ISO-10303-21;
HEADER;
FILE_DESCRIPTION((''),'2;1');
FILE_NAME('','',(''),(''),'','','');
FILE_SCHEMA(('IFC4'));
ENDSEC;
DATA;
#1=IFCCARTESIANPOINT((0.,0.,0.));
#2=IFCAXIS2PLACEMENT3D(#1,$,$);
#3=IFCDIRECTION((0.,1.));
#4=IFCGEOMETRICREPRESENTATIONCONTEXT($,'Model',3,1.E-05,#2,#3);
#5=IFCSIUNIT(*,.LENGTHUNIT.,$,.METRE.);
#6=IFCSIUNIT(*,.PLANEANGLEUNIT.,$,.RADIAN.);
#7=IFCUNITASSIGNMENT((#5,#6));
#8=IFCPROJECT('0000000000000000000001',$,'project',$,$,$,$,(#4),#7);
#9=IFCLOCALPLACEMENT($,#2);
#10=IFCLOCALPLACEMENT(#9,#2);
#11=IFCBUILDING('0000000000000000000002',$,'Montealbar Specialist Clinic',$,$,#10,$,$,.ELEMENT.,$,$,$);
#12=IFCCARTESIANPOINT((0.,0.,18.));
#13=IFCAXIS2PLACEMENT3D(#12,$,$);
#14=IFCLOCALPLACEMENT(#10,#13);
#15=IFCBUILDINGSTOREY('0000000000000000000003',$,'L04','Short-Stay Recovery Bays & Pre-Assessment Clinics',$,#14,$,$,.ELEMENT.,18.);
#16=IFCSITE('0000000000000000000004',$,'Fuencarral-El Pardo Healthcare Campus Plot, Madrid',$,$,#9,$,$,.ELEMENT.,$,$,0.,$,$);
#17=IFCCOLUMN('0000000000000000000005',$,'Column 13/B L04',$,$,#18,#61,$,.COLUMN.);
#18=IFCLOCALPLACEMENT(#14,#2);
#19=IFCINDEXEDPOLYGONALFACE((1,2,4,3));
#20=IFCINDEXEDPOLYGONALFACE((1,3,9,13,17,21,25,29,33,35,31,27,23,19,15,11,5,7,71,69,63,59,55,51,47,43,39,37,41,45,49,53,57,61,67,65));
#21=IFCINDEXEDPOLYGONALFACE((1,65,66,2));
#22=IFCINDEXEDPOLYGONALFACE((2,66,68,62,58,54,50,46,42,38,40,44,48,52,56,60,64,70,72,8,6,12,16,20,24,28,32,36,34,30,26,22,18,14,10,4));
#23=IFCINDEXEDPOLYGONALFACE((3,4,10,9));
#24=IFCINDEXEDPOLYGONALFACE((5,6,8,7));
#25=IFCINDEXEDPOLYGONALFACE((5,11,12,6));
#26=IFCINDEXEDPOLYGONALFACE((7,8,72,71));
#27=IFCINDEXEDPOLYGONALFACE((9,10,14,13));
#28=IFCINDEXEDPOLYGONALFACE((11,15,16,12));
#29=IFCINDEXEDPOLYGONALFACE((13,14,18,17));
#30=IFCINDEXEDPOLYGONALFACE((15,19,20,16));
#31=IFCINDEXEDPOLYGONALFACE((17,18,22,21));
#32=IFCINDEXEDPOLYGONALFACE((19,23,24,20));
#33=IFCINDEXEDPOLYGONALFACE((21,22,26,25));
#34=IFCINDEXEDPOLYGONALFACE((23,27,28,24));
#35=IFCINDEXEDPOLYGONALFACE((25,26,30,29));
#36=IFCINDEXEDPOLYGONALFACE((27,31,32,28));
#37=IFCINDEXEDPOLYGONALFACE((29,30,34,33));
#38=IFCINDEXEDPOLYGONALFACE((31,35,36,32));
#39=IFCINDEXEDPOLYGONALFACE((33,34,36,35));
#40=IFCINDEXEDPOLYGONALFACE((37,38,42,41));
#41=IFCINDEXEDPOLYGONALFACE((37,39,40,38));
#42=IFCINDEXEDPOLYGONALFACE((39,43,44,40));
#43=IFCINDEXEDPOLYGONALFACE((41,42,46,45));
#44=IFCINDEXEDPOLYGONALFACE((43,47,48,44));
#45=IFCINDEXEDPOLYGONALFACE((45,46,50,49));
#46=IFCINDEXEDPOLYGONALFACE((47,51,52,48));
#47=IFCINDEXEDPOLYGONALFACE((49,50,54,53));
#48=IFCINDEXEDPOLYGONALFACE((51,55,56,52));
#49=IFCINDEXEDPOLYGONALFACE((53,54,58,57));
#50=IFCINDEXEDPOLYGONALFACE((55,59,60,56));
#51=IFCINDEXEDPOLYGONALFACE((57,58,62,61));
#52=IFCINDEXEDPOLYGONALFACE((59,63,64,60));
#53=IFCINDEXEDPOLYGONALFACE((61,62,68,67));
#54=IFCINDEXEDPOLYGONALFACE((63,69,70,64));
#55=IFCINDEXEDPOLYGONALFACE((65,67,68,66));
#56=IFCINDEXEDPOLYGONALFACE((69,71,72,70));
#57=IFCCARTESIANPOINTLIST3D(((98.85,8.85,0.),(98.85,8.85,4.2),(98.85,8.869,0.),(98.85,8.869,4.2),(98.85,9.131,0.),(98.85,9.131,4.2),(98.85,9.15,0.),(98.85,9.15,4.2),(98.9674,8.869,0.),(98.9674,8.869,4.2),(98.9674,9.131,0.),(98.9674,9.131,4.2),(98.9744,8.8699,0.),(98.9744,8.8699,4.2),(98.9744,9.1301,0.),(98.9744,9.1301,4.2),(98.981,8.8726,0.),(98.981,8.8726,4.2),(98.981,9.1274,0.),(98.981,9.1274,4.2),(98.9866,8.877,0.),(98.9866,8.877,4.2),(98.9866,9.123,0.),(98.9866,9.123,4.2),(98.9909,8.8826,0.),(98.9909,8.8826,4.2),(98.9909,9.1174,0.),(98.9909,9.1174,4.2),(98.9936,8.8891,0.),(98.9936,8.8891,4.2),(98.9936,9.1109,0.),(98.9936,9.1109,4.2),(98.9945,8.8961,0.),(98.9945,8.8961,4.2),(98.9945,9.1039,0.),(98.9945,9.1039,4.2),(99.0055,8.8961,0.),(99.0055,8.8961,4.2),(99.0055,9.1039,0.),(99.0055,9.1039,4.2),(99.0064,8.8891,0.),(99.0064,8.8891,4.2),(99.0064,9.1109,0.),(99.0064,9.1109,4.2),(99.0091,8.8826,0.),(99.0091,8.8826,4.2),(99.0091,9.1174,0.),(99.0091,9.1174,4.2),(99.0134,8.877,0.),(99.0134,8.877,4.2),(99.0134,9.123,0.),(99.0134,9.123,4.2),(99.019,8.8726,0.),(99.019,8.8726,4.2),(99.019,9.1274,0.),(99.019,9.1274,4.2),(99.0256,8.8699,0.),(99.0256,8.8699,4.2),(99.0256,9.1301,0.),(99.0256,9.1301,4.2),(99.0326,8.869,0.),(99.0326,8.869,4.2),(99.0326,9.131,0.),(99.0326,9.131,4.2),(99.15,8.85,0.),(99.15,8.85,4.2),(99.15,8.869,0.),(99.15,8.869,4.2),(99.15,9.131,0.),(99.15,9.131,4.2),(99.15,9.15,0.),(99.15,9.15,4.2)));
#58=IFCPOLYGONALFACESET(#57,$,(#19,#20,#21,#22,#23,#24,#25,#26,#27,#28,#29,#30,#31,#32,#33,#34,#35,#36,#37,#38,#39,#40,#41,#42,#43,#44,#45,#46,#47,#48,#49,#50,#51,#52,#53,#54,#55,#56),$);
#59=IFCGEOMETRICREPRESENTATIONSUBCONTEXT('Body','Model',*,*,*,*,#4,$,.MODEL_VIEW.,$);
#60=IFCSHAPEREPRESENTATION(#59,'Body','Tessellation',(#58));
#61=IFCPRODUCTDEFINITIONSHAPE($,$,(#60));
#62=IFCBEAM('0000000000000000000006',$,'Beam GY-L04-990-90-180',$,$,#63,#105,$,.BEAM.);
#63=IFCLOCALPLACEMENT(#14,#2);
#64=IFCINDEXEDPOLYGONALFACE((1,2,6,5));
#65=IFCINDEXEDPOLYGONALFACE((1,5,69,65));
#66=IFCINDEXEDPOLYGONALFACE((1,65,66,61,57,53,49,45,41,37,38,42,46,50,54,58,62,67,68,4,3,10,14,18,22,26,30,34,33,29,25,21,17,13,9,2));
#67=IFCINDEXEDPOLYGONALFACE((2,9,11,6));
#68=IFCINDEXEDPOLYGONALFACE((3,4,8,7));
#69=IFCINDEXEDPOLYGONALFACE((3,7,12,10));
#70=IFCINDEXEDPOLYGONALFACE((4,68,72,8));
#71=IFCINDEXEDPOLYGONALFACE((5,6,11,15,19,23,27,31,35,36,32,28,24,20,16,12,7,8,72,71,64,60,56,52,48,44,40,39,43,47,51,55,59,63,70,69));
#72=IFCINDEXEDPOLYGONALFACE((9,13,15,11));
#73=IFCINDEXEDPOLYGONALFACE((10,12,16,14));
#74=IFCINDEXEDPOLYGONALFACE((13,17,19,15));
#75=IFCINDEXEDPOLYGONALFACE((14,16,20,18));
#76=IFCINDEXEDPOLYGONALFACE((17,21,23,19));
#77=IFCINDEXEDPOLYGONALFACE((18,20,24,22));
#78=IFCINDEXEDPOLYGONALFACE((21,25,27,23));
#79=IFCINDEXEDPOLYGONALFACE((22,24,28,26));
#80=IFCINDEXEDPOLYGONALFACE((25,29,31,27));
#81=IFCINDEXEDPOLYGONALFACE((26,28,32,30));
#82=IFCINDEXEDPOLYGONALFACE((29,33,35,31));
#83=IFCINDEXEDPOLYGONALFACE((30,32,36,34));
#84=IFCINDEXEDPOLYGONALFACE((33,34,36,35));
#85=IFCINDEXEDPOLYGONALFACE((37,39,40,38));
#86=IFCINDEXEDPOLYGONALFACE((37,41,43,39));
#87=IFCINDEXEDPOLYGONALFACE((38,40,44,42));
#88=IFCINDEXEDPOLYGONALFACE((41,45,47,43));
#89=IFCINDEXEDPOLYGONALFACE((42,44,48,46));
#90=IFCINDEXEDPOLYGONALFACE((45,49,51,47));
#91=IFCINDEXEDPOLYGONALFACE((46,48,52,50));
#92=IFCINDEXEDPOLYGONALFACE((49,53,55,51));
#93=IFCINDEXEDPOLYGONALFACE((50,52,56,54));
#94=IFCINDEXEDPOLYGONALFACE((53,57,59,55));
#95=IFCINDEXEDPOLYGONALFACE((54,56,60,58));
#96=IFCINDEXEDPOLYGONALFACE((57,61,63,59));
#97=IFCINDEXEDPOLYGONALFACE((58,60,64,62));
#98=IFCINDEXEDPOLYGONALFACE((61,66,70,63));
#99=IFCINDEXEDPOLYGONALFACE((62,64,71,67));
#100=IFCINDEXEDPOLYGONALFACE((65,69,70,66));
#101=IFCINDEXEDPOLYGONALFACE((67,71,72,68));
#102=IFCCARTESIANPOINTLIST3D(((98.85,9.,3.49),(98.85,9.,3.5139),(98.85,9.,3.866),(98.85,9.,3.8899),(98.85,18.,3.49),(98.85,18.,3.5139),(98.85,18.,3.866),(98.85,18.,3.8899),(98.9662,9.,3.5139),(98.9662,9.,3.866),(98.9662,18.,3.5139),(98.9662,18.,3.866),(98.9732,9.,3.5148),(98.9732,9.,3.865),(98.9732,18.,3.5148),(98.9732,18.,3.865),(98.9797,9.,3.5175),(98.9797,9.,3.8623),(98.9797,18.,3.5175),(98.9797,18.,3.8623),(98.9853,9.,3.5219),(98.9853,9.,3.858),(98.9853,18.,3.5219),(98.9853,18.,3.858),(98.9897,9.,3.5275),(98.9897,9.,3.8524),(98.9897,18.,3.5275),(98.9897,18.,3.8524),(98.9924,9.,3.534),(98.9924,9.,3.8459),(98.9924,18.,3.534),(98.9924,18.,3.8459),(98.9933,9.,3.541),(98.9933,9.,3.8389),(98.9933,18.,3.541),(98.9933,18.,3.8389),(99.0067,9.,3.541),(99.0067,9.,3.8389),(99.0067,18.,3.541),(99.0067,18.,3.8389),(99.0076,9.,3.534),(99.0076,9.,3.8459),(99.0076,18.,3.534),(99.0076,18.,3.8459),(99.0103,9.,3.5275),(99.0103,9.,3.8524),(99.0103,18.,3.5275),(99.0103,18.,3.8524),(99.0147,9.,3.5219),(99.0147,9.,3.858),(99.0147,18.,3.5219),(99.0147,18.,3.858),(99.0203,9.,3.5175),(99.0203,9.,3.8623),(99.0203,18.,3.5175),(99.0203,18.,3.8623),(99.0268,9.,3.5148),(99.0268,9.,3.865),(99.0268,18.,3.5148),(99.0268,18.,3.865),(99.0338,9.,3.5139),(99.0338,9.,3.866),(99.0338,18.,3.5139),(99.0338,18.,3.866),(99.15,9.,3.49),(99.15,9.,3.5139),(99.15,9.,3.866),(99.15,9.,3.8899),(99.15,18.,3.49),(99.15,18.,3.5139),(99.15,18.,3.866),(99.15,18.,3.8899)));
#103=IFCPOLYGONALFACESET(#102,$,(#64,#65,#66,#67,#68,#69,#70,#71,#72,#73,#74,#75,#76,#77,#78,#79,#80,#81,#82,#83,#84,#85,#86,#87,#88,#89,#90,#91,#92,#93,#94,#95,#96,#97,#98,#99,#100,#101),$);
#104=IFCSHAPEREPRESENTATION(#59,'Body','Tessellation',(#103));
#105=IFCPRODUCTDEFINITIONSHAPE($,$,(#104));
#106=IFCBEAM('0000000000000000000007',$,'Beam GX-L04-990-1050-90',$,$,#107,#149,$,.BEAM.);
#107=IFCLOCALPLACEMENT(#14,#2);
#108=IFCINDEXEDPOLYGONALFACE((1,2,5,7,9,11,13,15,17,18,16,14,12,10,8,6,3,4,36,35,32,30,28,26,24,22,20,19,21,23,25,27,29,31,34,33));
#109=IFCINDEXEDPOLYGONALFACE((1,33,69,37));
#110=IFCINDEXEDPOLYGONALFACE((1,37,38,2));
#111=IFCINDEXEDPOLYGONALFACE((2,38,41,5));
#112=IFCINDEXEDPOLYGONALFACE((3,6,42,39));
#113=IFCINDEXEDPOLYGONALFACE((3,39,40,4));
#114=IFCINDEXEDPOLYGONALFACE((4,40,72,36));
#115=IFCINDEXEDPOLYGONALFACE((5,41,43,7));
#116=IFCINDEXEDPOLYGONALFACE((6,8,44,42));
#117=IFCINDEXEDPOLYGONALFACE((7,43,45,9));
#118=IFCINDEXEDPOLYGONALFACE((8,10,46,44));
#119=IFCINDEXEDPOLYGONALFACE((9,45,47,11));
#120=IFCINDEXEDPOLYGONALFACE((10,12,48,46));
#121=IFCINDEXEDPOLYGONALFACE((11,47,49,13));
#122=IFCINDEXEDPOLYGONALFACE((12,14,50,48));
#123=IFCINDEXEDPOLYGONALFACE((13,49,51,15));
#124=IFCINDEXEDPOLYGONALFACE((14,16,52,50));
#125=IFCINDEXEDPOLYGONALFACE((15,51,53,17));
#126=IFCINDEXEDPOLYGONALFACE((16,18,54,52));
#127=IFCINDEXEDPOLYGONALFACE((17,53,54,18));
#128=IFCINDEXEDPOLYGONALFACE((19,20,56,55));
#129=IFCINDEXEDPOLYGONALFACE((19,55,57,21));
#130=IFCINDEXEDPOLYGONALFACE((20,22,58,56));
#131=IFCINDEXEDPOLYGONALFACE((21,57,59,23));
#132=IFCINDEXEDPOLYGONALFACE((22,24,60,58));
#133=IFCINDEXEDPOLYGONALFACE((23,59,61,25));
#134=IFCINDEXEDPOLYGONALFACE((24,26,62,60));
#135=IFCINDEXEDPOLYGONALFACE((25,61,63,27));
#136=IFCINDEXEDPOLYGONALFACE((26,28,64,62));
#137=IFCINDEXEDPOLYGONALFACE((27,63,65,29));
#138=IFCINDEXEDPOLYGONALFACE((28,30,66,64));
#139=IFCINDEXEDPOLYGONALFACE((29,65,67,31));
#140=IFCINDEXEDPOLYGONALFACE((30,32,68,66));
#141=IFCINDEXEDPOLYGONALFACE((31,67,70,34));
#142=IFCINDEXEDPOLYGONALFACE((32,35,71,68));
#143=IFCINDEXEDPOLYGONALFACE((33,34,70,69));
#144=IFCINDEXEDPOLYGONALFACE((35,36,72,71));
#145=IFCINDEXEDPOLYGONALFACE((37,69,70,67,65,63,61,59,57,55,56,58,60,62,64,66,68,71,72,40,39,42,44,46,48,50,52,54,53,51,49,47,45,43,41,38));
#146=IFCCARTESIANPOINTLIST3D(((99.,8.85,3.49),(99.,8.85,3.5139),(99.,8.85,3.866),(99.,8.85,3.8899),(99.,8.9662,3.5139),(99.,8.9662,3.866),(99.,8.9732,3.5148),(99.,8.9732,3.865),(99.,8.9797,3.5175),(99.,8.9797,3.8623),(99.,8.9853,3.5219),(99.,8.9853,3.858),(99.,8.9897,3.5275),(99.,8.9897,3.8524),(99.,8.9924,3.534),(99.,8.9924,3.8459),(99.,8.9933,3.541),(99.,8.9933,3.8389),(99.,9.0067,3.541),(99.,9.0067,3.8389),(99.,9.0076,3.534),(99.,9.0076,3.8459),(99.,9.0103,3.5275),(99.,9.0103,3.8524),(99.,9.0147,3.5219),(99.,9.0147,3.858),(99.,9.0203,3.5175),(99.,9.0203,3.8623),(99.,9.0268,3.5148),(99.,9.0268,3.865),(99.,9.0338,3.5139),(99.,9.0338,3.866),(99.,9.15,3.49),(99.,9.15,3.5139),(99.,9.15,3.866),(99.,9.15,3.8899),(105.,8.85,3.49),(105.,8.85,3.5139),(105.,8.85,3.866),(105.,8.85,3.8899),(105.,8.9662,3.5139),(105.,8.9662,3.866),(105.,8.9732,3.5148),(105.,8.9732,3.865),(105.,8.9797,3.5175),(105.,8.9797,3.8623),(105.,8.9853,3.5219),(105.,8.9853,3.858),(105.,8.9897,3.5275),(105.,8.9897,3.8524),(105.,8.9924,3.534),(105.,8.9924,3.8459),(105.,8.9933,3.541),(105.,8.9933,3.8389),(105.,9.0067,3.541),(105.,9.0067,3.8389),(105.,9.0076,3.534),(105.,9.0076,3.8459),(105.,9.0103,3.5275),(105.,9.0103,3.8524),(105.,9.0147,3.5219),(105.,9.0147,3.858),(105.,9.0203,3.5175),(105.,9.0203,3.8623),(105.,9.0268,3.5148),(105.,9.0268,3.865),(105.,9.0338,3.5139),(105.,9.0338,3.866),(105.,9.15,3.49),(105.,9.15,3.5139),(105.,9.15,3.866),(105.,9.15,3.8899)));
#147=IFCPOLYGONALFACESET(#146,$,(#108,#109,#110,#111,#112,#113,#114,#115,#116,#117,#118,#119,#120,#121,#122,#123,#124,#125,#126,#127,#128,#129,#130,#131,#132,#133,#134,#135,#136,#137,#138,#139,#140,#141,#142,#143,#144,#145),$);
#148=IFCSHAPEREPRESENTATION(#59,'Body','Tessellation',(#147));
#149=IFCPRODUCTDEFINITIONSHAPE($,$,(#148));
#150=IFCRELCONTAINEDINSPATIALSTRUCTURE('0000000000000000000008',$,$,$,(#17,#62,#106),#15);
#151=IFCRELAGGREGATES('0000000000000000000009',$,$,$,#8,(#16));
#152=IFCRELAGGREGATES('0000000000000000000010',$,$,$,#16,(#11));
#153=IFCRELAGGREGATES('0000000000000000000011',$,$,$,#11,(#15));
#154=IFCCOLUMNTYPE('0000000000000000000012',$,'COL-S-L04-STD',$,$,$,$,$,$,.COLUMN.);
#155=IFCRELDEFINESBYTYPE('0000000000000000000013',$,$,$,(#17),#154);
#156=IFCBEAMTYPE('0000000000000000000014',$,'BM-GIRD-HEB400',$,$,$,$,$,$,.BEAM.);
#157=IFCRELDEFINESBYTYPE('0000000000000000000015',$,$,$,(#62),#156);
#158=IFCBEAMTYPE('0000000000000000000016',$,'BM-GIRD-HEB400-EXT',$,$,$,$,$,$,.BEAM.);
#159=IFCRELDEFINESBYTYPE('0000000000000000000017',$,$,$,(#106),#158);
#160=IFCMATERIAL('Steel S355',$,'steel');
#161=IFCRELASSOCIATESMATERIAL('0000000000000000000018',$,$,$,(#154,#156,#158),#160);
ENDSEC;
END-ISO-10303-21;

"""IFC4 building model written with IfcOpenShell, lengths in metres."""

from ifc_helpers import new_model, si_unit, direction, frame, origin, origin_2d, place, context, subcontext, project, spatial, i_section, extrude, material, material_profile, profile_set, type_object, element, save


model = new_model("IFC4")

# Units and contexts
model_context = context("Model", 3, precision=1e-05, world=origin(), true_north=direction((0.0, 1.0)))
body_context = subcontext(model_context, "Body", "Model", "MODEL_VIEW")
ifc_project = project(units=[si_unit("LENGTHUNIT", "METRE"), si_unit("PLANEANGLEUNIT", "RADIAN")], contexts=[model_context])

# Site, building, storey
site_placement = place(None, origin())
site = spatial("IfcSite", under=ifc_project, at=site_placement, Name="Fuencarral-El Pardo Healthcare Campus Plot, Madrid", CompositionType="ELEMENT", RefElevation=0.0)
building_placement = place(site_placement, origin())
building = spatial("IfcBuilding", under=site, at=building_placement, Name="Montealbar Specialist Clinic", CompositionType="ELEMENT")
storey_placement = place(building_placement, frame((0.0, 0.0, 18.0)))
storey = spatial("IfcBuildingStorey", under=building, at=storey_placement, Name="L04", Description="Short-Stay Recovery Bays & Pre-Assessment Clinics", CompositionType="ELEMENT", Elevation=18.0)

# Column
ifc_material_1 = material(Name="Steel S355", Category="steel")
ifc_material_profile_1 = material_profile(ifc_material_1, i_section(OverallWidth=0.3, OverallDepth=0.3, WebThickness=0.011, FlangeThickness=0.019, FilletRadius=0.0271, at=origin_2d()), Name="HEB 300", Category="steel")
ifc_profile_set_1 = profile_set([ifc_material_profile_1], Name="Steel S355")
column_type = type_object("IfcColumnType", Name="COL-S-L04-STD", PredefinedType="COLUMN", material=ifc_profile_set_1)
column_placement = place(storey_placement, frame((99.0, 9.0, 0.0), z_axis=(0.0, 0.0, 1.0), x_axis=(1.0, 0.0, 0.0)))
element("IfcColumn", 1, at=column_placement, inside=storey, type_object=column_type, Name="Column 13/B L04", PredefinedType="COLUMN", context=body_context, shape_type="SweptSolid", body=[
    extrude(i_section(OverallWidth=0.3, OverallDepth=0.3, WebThickness=0.011, FlangeThickness=0.019, FilletRadius=0.0271, at=origin_2d()), origin(), (0.0, 0.0, 1.0), 4.2),
])

# Beams
ifc_material_profile_2 = material_profile(ifc_material_1, i_section(OverallWidth=0.3, OverallDepth=0.3999, WebThickness=0.0134, FlangeThickness=0.0239, FilletRadius=0.0271, at=origin_2d()), Name="HEB 400", Category="steel")
ifc_profile_set_2 = profile_set([ifc_material_profile_2], Name="Steel S355")
beam_type_1 = type_object("IfcBeamType", Name="BM-GIRD-HEB400", PredefinedType="BEAM", material=ifc_profile_set_2)
beam_1_placement = place(storey_placement, frame((99.0, 9.0, 3.6899), z_axis=(0.0, 1.0, 0.0), x_axis=(-1.0, 0.0, 0.0)))
element("IfcBeam", 2, at=beam_1_placement, inside=storey, type_object=beam_type_1, Name="Beam GY-L04-990-90-180", PredefinedType="BEAM", context=body_context, shape_type="SweptSolid", body=[
    extrude(i_section(OverallWidth=0.3, OverallDepth=0.3999, WebThickness=0.0134, FlangeThickness=0.0239, FilletRadius=0.0271, at=origin_2d()), origin(), (0.0, 0.0, 1.0), 9.0),
])
ifc_material_profile_3 = material_profile(ifc_material_1, i_section(OverallWidth=0.3, OverallDepth=0.3999, WebThickness=0.0134, FlangeThickness=0.0239, FilletRadius=0.0271, at=origin_2d()), Name="HEB 400", Category="steel")
ifc_profile_set_3 = profile_set([ifc_material_profile_3], Name="Steel S355")
beam_type_2 = type_object("IfcBeamType", Name="BM-GIRD-HEB400-EXT", PredefinedType="BEAM", material=ifc_profile_set_3)
beam_2_placement = place(storey_placement, frame((99.0, 9.0, 3.6899), z_axis=(1.0, 0.0, 0.0), x_axis=(0.0, 1.0, 0.0)))
element("IfcBeam", 3, at=beam_2_placement, inside=storey, type_object=beam_type_2, Name="Beam GX-L04-990-1050-90", PredefinedType="BEAM", context=body_context, shape_type="SweptSolid", body=[
    extrude(i_section(OverallWidth=0.3, OverallDepth=0.3999, WebThickness=0.0134, FlangeThickness=0.0239, FilletRadius=0.0271, at=origin_2d()), origin(), (0.0, 0.0, 1.0), 6.0),
])

save(model, "model.ifc")
